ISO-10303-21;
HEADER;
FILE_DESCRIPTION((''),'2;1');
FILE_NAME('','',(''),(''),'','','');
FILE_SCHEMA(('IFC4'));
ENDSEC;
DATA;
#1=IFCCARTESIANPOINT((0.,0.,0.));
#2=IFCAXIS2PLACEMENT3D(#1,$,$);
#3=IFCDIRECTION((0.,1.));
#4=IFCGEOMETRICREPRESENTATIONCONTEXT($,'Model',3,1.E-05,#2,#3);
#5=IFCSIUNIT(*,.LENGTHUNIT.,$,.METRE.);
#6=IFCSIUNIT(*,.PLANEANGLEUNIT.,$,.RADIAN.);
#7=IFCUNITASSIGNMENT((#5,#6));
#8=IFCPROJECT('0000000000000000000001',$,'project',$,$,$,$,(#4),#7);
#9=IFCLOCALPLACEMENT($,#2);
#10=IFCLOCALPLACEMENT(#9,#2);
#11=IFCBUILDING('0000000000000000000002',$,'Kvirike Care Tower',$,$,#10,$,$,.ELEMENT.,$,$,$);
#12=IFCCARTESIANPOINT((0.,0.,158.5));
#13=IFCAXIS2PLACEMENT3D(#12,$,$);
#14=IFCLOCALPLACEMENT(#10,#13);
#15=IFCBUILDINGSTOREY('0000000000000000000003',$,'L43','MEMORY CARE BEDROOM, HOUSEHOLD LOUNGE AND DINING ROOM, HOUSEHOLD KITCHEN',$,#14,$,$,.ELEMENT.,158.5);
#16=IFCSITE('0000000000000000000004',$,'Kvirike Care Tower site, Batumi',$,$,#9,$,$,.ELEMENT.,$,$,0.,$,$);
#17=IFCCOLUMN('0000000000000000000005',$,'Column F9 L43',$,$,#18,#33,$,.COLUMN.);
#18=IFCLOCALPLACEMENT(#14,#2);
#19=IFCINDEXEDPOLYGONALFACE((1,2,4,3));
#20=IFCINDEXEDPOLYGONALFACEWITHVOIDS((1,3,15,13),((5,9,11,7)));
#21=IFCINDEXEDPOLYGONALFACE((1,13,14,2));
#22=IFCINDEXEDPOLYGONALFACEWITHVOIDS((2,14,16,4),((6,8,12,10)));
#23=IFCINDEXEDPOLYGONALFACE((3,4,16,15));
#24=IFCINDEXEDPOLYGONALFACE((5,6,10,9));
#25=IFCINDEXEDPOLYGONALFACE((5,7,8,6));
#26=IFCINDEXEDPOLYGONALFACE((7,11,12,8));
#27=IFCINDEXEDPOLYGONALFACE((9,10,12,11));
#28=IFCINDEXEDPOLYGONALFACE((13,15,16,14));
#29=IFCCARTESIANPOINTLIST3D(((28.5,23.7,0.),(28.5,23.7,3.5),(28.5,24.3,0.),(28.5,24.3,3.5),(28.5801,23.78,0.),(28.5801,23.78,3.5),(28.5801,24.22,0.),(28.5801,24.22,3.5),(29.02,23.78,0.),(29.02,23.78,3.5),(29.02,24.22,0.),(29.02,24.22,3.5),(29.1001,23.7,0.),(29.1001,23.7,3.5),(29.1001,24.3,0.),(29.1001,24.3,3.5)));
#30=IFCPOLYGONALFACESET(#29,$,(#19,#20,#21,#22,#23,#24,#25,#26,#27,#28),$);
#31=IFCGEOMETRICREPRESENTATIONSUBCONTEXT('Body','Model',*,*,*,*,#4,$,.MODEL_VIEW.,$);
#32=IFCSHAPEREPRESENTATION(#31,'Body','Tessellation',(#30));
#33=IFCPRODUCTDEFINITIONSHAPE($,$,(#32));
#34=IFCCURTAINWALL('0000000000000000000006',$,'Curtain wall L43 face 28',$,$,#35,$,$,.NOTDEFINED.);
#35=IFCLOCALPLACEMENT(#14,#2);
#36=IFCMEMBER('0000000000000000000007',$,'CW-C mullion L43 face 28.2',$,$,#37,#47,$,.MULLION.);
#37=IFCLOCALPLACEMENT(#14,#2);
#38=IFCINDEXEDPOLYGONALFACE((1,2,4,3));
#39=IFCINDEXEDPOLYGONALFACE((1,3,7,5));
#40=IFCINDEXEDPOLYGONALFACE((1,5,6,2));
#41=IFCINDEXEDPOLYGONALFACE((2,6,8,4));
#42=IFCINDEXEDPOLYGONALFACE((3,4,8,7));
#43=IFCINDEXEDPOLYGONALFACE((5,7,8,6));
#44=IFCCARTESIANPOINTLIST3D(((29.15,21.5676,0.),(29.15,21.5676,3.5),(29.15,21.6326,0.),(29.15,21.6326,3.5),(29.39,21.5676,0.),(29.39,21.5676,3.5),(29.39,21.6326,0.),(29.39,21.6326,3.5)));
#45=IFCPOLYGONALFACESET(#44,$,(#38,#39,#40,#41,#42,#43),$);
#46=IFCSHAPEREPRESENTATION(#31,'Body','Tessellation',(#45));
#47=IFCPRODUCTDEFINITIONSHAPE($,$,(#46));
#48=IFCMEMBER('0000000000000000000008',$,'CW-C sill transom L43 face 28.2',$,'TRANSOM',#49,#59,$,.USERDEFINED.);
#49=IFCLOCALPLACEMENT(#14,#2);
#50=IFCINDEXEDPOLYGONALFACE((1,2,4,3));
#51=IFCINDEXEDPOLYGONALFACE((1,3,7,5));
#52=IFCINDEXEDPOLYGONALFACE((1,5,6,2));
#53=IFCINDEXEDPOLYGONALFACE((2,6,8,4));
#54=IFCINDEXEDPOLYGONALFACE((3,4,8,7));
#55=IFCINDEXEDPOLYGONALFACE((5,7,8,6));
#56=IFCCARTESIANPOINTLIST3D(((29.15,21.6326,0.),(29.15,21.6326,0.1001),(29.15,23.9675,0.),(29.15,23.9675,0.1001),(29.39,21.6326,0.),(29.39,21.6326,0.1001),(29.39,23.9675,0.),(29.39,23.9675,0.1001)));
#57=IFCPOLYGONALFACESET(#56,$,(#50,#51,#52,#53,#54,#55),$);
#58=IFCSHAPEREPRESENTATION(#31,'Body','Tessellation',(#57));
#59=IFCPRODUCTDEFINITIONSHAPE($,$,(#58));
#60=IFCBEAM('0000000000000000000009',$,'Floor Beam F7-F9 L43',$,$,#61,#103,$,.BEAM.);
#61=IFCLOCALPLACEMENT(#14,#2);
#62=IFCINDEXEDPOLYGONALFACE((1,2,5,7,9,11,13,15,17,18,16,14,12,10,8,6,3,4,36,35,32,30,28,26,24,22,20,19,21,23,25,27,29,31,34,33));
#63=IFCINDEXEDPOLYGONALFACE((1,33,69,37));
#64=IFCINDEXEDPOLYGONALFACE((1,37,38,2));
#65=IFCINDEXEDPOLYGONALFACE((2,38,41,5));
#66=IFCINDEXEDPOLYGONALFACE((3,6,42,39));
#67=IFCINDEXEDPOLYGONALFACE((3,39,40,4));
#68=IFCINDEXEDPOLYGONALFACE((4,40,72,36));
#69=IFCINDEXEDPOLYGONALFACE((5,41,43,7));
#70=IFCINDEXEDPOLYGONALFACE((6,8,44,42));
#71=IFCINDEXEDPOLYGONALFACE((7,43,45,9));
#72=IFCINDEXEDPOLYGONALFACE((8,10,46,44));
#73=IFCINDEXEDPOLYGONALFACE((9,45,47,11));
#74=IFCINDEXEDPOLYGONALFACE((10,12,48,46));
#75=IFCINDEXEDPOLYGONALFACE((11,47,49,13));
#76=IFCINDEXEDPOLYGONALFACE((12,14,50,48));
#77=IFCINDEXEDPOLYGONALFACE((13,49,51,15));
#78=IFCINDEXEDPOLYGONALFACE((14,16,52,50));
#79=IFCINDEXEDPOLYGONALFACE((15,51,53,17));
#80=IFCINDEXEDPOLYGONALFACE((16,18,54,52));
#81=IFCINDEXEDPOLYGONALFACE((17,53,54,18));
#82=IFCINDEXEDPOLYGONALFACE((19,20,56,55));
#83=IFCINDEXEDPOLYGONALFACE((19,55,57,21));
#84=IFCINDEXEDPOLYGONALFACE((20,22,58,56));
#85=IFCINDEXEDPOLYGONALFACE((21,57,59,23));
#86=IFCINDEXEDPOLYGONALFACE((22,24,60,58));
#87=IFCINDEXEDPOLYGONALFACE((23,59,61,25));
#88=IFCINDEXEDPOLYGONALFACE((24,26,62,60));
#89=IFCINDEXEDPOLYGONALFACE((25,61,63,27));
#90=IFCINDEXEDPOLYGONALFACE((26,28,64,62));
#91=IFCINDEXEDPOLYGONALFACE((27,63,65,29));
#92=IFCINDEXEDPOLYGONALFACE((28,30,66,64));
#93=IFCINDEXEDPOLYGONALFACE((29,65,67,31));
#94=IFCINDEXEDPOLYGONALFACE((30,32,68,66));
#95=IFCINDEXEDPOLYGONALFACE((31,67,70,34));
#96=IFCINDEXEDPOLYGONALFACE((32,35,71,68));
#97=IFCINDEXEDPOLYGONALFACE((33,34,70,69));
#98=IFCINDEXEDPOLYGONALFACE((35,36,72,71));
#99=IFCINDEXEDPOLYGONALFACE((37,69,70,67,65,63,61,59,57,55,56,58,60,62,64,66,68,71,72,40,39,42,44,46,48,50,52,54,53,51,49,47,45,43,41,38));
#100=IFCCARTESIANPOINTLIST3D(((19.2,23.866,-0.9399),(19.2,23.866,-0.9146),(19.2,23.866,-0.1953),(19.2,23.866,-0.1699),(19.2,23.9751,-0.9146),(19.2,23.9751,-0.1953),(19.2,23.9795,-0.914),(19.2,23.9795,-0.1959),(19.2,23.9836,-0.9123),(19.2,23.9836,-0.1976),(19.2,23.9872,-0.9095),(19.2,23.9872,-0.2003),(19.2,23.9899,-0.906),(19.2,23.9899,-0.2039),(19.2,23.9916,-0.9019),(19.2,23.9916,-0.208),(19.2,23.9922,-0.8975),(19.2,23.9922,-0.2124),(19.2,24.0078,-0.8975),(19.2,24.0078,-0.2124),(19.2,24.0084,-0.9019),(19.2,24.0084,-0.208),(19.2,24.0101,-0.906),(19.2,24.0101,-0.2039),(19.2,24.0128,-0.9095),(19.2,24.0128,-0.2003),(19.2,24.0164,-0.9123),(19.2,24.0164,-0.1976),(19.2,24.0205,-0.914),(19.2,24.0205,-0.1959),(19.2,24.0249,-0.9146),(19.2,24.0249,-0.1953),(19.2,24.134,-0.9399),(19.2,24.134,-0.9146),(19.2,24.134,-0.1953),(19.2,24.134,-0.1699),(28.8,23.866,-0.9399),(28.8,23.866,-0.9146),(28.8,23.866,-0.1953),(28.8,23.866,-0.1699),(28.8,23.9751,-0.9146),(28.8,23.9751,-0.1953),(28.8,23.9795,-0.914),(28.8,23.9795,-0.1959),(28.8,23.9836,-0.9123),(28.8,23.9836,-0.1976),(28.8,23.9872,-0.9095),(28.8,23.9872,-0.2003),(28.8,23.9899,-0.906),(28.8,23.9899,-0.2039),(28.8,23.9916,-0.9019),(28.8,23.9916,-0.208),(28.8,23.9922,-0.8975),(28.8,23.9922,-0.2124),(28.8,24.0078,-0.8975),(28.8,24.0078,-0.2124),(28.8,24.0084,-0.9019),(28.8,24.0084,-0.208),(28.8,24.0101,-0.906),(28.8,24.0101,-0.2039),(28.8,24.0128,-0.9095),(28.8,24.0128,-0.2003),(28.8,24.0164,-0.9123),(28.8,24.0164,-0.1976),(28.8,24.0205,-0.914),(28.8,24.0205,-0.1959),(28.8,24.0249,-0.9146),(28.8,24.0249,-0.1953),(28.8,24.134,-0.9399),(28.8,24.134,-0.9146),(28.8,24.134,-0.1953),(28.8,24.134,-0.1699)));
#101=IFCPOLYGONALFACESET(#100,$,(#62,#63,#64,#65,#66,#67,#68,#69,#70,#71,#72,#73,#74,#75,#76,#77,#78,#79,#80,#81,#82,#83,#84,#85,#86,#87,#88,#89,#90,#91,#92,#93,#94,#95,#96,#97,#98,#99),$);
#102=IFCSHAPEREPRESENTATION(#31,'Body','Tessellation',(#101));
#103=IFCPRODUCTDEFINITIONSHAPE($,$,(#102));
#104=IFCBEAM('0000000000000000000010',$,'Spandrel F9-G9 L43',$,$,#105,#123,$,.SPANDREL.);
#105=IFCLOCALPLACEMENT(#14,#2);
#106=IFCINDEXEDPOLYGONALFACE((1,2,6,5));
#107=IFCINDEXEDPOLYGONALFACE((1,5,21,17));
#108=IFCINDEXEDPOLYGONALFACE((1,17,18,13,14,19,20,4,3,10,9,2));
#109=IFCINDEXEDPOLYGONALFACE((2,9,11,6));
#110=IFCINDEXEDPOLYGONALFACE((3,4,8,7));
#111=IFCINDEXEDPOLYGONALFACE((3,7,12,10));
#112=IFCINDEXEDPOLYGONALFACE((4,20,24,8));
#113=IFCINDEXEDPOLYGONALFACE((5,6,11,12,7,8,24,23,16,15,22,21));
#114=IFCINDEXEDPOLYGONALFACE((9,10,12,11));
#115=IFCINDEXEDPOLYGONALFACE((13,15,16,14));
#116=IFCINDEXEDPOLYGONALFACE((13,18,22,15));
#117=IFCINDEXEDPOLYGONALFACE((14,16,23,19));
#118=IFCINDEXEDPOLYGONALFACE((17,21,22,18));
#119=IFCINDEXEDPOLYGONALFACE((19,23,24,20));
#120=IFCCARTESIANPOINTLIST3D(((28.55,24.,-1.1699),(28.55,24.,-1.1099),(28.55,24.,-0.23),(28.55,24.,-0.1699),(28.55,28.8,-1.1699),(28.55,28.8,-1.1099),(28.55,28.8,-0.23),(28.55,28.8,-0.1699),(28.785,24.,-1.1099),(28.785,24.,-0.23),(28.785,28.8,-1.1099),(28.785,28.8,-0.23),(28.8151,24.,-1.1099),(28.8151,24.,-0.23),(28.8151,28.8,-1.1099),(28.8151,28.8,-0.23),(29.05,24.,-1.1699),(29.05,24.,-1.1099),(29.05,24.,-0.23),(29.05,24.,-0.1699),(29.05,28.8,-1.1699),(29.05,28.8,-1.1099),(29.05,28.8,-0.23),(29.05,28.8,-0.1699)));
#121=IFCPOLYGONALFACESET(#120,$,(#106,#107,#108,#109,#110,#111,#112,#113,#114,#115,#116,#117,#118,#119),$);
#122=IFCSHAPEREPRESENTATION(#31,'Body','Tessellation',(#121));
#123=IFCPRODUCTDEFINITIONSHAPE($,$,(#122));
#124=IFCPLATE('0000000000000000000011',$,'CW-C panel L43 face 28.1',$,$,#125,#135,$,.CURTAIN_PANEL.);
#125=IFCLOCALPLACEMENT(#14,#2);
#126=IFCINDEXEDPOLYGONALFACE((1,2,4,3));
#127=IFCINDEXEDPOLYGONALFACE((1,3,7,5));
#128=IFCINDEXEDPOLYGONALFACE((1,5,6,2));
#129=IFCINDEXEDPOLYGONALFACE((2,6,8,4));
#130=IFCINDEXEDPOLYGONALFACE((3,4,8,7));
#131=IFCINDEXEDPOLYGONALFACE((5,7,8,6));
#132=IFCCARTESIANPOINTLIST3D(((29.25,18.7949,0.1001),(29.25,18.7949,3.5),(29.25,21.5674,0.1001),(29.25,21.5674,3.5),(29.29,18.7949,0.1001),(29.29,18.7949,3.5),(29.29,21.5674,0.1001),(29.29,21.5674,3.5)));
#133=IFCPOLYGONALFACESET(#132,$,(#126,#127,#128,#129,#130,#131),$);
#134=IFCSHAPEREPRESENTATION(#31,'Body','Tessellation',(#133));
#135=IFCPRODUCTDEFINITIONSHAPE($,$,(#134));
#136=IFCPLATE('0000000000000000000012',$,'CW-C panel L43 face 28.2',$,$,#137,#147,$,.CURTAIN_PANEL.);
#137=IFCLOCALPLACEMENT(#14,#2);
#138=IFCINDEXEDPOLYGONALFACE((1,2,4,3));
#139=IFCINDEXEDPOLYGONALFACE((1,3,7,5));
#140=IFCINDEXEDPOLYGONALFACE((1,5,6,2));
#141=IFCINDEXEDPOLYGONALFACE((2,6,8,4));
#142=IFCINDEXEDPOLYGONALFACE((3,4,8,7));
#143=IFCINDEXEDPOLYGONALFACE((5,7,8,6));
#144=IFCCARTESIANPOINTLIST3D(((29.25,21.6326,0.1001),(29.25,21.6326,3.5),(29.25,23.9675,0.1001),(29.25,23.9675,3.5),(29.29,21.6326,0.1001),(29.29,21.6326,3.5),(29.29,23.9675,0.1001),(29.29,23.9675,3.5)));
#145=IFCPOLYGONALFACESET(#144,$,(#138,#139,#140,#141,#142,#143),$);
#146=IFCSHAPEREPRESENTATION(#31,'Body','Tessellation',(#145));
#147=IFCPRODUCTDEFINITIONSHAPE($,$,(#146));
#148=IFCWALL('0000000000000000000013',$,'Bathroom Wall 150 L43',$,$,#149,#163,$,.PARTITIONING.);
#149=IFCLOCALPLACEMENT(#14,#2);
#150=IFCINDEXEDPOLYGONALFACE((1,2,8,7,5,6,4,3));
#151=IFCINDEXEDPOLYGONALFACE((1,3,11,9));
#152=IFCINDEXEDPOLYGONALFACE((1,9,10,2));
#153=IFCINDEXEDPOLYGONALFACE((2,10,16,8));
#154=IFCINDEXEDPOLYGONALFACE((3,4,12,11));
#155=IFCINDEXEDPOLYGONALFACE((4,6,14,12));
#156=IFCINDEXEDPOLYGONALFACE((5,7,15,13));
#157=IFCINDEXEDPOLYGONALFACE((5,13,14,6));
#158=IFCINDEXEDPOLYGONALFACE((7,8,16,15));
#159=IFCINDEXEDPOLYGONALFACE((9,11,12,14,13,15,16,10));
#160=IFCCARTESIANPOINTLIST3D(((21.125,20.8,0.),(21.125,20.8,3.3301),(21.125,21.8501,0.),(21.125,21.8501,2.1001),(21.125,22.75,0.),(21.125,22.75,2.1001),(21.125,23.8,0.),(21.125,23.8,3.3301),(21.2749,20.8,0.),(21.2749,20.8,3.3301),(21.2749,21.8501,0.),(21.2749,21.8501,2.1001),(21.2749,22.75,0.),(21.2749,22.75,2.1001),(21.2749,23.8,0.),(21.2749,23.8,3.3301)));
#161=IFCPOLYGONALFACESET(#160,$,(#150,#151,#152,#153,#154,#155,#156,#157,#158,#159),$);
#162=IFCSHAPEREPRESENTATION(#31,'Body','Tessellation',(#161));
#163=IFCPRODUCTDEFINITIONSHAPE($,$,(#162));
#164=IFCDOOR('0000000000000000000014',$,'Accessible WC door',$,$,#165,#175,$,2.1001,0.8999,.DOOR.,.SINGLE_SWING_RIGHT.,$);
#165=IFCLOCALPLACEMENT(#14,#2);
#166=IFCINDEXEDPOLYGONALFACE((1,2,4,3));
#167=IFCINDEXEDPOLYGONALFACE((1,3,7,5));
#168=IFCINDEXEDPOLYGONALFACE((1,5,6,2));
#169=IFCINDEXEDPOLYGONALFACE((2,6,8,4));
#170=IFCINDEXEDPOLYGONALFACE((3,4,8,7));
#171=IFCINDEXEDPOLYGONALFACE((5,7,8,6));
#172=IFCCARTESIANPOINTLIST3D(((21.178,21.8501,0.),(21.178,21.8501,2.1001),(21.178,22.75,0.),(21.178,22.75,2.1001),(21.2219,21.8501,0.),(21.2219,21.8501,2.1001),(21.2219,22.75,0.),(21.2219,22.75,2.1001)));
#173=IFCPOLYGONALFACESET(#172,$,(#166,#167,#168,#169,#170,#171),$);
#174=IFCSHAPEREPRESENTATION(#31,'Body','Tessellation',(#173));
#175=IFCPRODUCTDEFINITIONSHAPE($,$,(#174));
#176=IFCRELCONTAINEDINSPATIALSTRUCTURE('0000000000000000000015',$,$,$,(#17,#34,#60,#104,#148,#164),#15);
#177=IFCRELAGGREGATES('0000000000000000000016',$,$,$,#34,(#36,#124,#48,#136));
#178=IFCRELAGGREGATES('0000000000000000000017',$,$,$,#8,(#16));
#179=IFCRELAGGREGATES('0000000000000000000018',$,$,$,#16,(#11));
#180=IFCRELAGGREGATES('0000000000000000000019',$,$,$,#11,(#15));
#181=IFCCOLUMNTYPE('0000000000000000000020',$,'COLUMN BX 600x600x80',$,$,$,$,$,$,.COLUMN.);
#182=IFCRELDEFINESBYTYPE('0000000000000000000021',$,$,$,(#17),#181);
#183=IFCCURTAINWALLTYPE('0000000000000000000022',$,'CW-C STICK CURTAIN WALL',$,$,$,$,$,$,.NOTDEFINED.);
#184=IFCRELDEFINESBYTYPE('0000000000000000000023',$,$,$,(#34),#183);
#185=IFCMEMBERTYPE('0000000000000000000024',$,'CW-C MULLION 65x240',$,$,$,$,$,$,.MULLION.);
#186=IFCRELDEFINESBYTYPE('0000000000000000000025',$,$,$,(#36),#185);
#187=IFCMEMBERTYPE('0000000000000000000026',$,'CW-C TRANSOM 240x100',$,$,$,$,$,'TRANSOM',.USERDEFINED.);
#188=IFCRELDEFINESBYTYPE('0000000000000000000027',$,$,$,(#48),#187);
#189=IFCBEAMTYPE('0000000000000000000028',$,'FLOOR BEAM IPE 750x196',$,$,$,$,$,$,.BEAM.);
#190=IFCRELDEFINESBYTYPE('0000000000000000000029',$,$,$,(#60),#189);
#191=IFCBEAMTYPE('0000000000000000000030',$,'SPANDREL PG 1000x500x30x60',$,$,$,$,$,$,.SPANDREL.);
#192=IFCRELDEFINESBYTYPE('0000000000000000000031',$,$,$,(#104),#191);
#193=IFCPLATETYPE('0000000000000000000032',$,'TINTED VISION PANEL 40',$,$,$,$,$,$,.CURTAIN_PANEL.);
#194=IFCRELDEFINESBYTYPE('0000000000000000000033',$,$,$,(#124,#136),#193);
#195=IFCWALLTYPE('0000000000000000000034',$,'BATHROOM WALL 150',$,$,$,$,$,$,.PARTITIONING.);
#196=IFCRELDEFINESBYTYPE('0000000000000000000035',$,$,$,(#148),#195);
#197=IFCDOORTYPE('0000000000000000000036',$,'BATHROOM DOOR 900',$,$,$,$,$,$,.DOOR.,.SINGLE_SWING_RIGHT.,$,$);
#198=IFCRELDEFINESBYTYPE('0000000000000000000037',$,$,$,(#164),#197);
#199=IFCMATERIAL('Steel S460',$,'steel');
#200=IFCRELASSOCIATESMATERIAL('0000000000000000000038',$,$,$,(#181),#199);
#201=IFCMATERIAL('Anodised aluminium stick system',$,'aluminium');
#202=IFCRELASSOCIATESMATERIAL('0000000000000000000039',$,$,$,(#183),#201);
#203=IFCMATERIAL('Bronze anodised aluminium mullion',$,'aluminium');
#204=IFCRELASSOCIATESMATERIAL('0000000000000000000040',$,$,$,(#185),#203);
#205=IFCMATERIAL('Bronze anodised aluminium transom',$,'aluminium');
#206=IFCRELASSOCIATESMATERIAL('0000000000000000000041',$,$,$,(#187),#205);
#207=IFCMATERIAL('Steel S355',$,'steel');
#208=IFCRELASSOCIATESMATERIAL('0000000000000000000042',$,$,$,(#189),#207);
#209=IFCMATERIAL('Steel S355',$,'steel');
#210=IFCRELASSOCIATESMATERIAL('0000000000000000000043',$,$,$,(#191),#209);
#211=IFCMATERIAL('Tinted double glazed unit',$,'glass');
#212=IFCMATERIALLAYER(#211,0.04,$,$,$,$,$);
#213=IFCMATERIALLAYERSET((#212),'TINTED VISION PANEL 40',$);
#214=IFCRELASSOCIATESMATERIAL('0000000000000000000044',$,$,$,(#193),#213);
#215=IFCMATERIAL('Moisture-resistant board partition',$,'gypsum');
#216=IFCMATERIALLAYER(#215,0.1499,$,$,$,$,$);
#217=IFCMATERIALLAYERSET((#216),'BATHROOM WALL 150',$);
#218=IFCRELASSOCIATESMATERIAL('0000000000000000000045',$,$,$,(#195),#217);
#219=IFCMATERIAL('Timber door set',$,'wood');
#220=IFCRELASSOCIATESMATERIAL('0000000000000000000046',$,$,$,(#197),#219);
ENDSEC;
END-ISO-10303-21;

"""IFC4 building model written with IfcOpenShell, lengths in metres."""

from ifc_helpers import new_model, si_unit, direction, frame, frame_2d, origin, origin_2d, place, context, subcontext, project, spatial, rectangle, hollow_rectangle, i_section, extrude, material, layer, layer_set, material_profile, profile_set, type_object, element, fill, aggregate, save


model = new_model("IFC4")

# Units and contexts
model_context = context("Model", 3, precision=1e-05, world=origin(), true_north=direction((0.0, 1.0)))
body_context = subcontext(model_context, "Body", "Model", "MODEL_VIEW")
ifc_project = project(units=[si_unit("LENGTHUNIT", "METRE"), si_unit("PLANEANGLEUNIT", "RADIAN")], contexts=[model_context])

# Site, building, storey
site_placement = place(None, origin())
site = spatial("IfcSite", under=ifc_project, at=site_placement, Name="Kvirike Care Tower site, Batumi", CompositionType="ELEMENT", RefElevation=0.0)
building_placement = place(site_placement, origin())
building = spatial("IfcBuilding", under=site, at=building_placement, Name="Kvirike Care Tower", CompositionType="ELEMENT")
storey_placement = place(building_placement, frame((0.0, 0.0, 158.5)))
storey = spatial("IfcBuildingStorey", under=building, at=storey_placement, Name="L43", Description="MEMORY CARE BEDROOM, HOUSEHOLD LOUNGE AND DINING ROOM, HOUSEHOLD KITCHEN", CompositionType="ELEMENT", Elevation=158.5)

# Column
ifc_material_1 = material(Name="Steel S460", Category="steel")
ifc_material_profile_1 = material_profile(ifc_material_1, hollow_rectangle(XDim=0.6001, YDim=0.6001, WallThickness=0.0801, at=origin_2d()), Name="BX 600x600x80")
ifc_profile_set_1 = profile_set([ifc_material_profile_1], Name="Steel S460")
column_type = type_object("IfcColumnType", Name="COLUMN BX 600x600x80", PredefinedType="COLUMN", material=ifc_profile_set_1)
column_placement = place(storey_placement, frame((28.8, 24.0, 0.0), z_axis=(0.0, 0.0, 1.0), x_axis=(1.0, 0.0, 0.0)))
element("IfcColumn", 1, at=column_placement, inside=storey, type_object=column_type, Name="Column F9 L43", PredefinedType="COLUMN", context=body_context, shape_type="SweptSolid", body=[
    extrude(hollow_rectangle(XDim=0.6001, YDim=0.6001, WallThickness=0.0801, at=origin_2d()), origin(), (0.0, 0.0, 1.0), 3.5),
])

# Curtain wall, members
ifc_material_2 = material(Name="Anodised aluminium stick system", Category="aluminium")
curtain_wall_type = type_object("IfcCurtainWallType", Name="CW-C STICK CURTAIN WALL", PredefinedType="NOTDEFINED", material=ifc_material_2)
curtain_wall_placement = place(storey_placement, origin())
curtain_wall = element("IfcCurtainWall", 2, at=curtain_wall_placement, inside=storey, type_object=curtain_wall_type, Name="Curtain wall L43 face 28", PredefinedType="NOTDEFINED")
ifc_material_3 = material(Name="Bronze anodised aluminium mullion", Category="aluminium")
ifc_material_profile_2 = material_profile(ifc_material_3, rectangle(XDim=0.0649, YDim=0.24, at=origin_2d()), Name="CW-C MULLION 65x240")
ifc_profile_set_2 = profile_set([ifc_material_profile_2], Name="Bronze anodised aluminium mullion")
member_type_1 = type_object("IfcMemberType", Name="CW-C MULLION 65x240", PredefinedType="MULLION", material=ifc_profile_set_2)
member_1_placement = place(storey_placement, frame((29.27, 21.6001, 0.0), z_axis=(0.0, 0.0, 1.0), x_axis=(0.0, 1.0, 0.0)))
member_1 = element("IfcMember", 3, at=member_1_placement, type_object=member_type_1, Name="CW-C mullion L43 face 28.2", PredefinedType="MULLION", context=body_context, shape_type="SweptSolid", body=[
    extrude(rectangle(XDim=0.0649, YDim=0.24, at=origin_2d()), origin(), (0.0, 0.0, 1.0), 3.5),
])
ifc_material_4 = material(Name="Bronze anodised aluminium transom", Category="aluminium")
ifc_material_profile_3 = material_profile(ifc_material_4, rectangle(XDim=0.24, YDim=0.1001, at=origin_2d()), Name="CW-C TRANSOM 240x100")
ifc_profile_set_3 = profile_set([ifc_material_profile_3], Name="Bronze anodised aluminium transom")
member_type_2 = type_object("IfcMemberType", Name="CW-C TRANSOM 240x100", ElementType="TRANSOM", PredefinedType="USERDEFINED", material=ifc_profile_set_3)
member_2_placement = place(storey_placement, frame((29.27, 21.6326, 0.05), z_axis=(0.0, 1.0, 0.0), x_axis=(-1.0, 0.0, 0.0)))
member_2 = element("IfcMember", 4, at=member_2_placement, type_object=member_type_2, Name="CW-C sill transom L43 face 28.2", ObjectType="TRANSOM", PredefinedType="USERDEFINED", context=body_context, shape_type="SweptSolid", body=[
    extrude(rectangle(XDim=0.24, YDim=0.1001, at=origin_2d()), origin(), (0.0, 0.0, 1.0), 2.335),
])

# Beams
ifc_material_5 = material(Name="Steel S355", Category="steel")
ifc_material_profile_4 = material_profile(ifc_material_5, i_section(OverallWidth=0.2681, OverallDepth=0.77, WebThickness=0.0156, FlangeThickness=0.0254, FilletRadius=0.0171, at=origin_2d()), Name="IPE 750x196")
ifc_profile_set_4 = profile_set([ifc_material_profile_4], Name="Steel S355")
beam_type_1 = type_object("IfcBeamType", Name="FLOOR BEAM IPE 750x196", PredefinedType="BEAM", material=ifc_profile_set_4)
beam_1_placement = place(storey_placement, frame((19.2, 24.0, -0.5549), z_axis=(1.0, 0.0, 0.0), x_axis=(0.0, 1.0, 0.0)))
element("IfcBeam", 5, at=beam_1_placement, inside=storey, type_object=beam_type_1, Name="Floor Beam F7-F9 L43", PredefinedType="BEAM", context=body_context, shape_type="SweptSolid", body=[
    extrude(i_section(OverallWidth=0.2681, OverallDepth=0.77, WebThickness=0.0156, FlangeThickness=0.0254, FilletRadius=0.0171, at=origin_2d()), origin(), (0.0, 0.0, 1.0), 9.6001),
])
ifc_material_6 = material(Name="Steel S355", Category="steel")
ifc_material_profile_5 = material_profile(ifc_material_6, i_section(OverallWidth=0.5, OverallDepth=1.0, WebThickness=0.03, FlangeThickness=0.0601, at=origin_2d()), Name="PG 1000x500x30x60")
ifc_profile_set_5 = profile_set([ifc_material_profile_5], Name="Steel S355")
beam_type_2 = type_object("IfcBeamType", Name="SPANDREL PG 1000x500x30x60", PredefinedType="SPANDREL", material=ifc_profile_set_5)
beam_2_placement = place(storey_placement, frame((28.8, 24.0, -0.6699), z_axis=(0.0, 1.0, 0.0), x_axis=(-1.0, 0.0, 0.0)))
element("IfcBeam", 6, at=beam_2_placement, inside=storey, type_object=beam_type_2, Name="Spandrel F9-G9 L43", PredefinedType="SPANDREL", context=body_context, shape_type="SweptSolid", body=[
    extrude(i_section(OverallWidth=0.5, OverallDepth=1.0, WebThickness=0.03, FlangeThickness=0.0601, at=origin_2d()), origin(), (0.0, 0.0, 1.0), 4.8),
])

# Plates
ifc_material_7 = material(Name="Tinted double glazed unit", Category="glass")
ifc_layer_1 = layer(ifc_material_7, 0.04)
ifc_layer_set_1 = layer_set([ifc_layer_1], Name="TINTED VISION PANEL 40")
plate_type = type_object("IfcPlateType", Name="TINTED VISION PANEL 40", PredefinedType="CURTAIN_PANEL", material=ifc_layer_set_1)
plate_1_placement = place(storey_placement, frame((29.27, 20.1812, 0.1001), z_axis=(0.0, 0.0, 1.0), x_axis=(0.0, 1.0, 0.0)))
plate_1 = element("IfcPlate", 7, at=plate_1_placement, type_object=plate_type, Name="CW-C panel L43 face 28.1", PredefinedType="CURTAIN_PANEL", context=body_context, shape_type="SweptSolid", body=[
    extrude(rectangle(XDim=2.7725, YDim=0.04, at=origin_2d()), origin(), (0.0, 0.0, 1.0), 3.3999),
])
plate_2_placement = place(storey_placement, frame((29.27, 22.8, 0.1001), z_axis=(0.0, 0.0, 1.0), x_axis=(0.0, 1.0, 0.0)))
plate_2 = element("IfcPlate", 8, at=plate_2_placement, type_object=plate_type, Name="CW-C panel L43 face 28.2", PredefinedType="CURTAIN_PANEL", context=body_context, shape_type="SweptSolid", body=[
    extrude(rectangle(XDim=2.335, YDim=0.04, at=origin_2d()), origin(), (0.0, 0.0, 1.0), 3.3999),
])
aggregate(curtain_wall, [member_1, plate_1, member_2, plate_2])

# Wall, opening, door
ifc_material_8 = material(Name="Moisture-resistant board partition", Category="gypsum")
ifc_layer_2 = layer(ifc_material_8, 0.1499)
ifc_layer_set_2 = layer_set([ifc_layer_2], Name="BATHROOM WALL 150")
wall_type_1 = type_object("IfcWallType", Name="BATHROOM WALL 150", PredefinedType="PARTITIONING", material=ifc_layer_set_2)
wall_1_placement = place(storey_placement, frame((21.2, 20.8, 0.0), z_axis=(0.0, 0.0, 1.0), x_axis=(0.0, 1.0, 0.0)))
wall_1 = element("IfcWall", 9, at=wall_1_placement, inside=storey, type_object=wall_type_1, Name="Bathroom Wall 150 L43", PredefinedType="PARTITIONING", context=body_context, shape_type="SweptSolid", body=[
    extrude(rectangle(XDim=3.0, YDim=0.1499, at=frame_2d((1.5, 0.0))), origin(), (0.0, 0.0, 1.0), 3.3301),
])
opening_1_placement = place(wall_1_placement, frame((1.05, 0.0, 0.0)))
opening_1 = element("IfcOpeningElement", 10, at=opening_1_placement, cuts=wall_1, PredefinedType="OPENING", context=body_context, shape_type="SweptSolid", body=[
    extrude(rectangle(XDim=0.8999, YDim=2.1001, at=frame_2d((0.45, 1.05))), frame((0.0, 0.0854, 0.0), z_axis=(0.0, -1.0, 0.0), x_axis=(1.0, 0.0, 0.0)), (0.0, 0.0, 1.0), 0.1709),
])
ifc_material_9 = material(Name="Timber door set", Category="wood")
door_type_1 = type_object("IfcDoorType", Name="BATHROOM DOOR 900", OperationType="SINGLE_SWING_RIGHT", PredefinedType="DOOR", material=ifc_material_9)
door_1_placement = place(opening_1_placement, frame((0.8999, 0.0, 0.0), z_axis=(0.0, 0.0, 1.0), x_axis=(-1.0, 0.0, 0.0)))
door_1 = element("IfcDoor", 11, at=door_1_placement, inside=storey, type_object=door_type_1, Name="Accessible WC door", OperationType="SINGLE_SWING_RIGHT", OverallHeight=2.1001, OverallWidth=0.8999, PredefinedType="DOOR", context=body_context, shape_type="SweptSolid", body=[
    extrude(rectangle(XDim=0.8999, YDim=2.1001, at=frame_2d((0.45, 1.05))), frame((0.0, 0.022, 0.0), z_axis=(0.0, -1.0, 0.0), x_axis=(1.0, 0.0, 0.0)), (0.0, 0.0, 1.0), 0.0439),
])
fill(opening_1, door_1)

save(model, "model.ifc")
